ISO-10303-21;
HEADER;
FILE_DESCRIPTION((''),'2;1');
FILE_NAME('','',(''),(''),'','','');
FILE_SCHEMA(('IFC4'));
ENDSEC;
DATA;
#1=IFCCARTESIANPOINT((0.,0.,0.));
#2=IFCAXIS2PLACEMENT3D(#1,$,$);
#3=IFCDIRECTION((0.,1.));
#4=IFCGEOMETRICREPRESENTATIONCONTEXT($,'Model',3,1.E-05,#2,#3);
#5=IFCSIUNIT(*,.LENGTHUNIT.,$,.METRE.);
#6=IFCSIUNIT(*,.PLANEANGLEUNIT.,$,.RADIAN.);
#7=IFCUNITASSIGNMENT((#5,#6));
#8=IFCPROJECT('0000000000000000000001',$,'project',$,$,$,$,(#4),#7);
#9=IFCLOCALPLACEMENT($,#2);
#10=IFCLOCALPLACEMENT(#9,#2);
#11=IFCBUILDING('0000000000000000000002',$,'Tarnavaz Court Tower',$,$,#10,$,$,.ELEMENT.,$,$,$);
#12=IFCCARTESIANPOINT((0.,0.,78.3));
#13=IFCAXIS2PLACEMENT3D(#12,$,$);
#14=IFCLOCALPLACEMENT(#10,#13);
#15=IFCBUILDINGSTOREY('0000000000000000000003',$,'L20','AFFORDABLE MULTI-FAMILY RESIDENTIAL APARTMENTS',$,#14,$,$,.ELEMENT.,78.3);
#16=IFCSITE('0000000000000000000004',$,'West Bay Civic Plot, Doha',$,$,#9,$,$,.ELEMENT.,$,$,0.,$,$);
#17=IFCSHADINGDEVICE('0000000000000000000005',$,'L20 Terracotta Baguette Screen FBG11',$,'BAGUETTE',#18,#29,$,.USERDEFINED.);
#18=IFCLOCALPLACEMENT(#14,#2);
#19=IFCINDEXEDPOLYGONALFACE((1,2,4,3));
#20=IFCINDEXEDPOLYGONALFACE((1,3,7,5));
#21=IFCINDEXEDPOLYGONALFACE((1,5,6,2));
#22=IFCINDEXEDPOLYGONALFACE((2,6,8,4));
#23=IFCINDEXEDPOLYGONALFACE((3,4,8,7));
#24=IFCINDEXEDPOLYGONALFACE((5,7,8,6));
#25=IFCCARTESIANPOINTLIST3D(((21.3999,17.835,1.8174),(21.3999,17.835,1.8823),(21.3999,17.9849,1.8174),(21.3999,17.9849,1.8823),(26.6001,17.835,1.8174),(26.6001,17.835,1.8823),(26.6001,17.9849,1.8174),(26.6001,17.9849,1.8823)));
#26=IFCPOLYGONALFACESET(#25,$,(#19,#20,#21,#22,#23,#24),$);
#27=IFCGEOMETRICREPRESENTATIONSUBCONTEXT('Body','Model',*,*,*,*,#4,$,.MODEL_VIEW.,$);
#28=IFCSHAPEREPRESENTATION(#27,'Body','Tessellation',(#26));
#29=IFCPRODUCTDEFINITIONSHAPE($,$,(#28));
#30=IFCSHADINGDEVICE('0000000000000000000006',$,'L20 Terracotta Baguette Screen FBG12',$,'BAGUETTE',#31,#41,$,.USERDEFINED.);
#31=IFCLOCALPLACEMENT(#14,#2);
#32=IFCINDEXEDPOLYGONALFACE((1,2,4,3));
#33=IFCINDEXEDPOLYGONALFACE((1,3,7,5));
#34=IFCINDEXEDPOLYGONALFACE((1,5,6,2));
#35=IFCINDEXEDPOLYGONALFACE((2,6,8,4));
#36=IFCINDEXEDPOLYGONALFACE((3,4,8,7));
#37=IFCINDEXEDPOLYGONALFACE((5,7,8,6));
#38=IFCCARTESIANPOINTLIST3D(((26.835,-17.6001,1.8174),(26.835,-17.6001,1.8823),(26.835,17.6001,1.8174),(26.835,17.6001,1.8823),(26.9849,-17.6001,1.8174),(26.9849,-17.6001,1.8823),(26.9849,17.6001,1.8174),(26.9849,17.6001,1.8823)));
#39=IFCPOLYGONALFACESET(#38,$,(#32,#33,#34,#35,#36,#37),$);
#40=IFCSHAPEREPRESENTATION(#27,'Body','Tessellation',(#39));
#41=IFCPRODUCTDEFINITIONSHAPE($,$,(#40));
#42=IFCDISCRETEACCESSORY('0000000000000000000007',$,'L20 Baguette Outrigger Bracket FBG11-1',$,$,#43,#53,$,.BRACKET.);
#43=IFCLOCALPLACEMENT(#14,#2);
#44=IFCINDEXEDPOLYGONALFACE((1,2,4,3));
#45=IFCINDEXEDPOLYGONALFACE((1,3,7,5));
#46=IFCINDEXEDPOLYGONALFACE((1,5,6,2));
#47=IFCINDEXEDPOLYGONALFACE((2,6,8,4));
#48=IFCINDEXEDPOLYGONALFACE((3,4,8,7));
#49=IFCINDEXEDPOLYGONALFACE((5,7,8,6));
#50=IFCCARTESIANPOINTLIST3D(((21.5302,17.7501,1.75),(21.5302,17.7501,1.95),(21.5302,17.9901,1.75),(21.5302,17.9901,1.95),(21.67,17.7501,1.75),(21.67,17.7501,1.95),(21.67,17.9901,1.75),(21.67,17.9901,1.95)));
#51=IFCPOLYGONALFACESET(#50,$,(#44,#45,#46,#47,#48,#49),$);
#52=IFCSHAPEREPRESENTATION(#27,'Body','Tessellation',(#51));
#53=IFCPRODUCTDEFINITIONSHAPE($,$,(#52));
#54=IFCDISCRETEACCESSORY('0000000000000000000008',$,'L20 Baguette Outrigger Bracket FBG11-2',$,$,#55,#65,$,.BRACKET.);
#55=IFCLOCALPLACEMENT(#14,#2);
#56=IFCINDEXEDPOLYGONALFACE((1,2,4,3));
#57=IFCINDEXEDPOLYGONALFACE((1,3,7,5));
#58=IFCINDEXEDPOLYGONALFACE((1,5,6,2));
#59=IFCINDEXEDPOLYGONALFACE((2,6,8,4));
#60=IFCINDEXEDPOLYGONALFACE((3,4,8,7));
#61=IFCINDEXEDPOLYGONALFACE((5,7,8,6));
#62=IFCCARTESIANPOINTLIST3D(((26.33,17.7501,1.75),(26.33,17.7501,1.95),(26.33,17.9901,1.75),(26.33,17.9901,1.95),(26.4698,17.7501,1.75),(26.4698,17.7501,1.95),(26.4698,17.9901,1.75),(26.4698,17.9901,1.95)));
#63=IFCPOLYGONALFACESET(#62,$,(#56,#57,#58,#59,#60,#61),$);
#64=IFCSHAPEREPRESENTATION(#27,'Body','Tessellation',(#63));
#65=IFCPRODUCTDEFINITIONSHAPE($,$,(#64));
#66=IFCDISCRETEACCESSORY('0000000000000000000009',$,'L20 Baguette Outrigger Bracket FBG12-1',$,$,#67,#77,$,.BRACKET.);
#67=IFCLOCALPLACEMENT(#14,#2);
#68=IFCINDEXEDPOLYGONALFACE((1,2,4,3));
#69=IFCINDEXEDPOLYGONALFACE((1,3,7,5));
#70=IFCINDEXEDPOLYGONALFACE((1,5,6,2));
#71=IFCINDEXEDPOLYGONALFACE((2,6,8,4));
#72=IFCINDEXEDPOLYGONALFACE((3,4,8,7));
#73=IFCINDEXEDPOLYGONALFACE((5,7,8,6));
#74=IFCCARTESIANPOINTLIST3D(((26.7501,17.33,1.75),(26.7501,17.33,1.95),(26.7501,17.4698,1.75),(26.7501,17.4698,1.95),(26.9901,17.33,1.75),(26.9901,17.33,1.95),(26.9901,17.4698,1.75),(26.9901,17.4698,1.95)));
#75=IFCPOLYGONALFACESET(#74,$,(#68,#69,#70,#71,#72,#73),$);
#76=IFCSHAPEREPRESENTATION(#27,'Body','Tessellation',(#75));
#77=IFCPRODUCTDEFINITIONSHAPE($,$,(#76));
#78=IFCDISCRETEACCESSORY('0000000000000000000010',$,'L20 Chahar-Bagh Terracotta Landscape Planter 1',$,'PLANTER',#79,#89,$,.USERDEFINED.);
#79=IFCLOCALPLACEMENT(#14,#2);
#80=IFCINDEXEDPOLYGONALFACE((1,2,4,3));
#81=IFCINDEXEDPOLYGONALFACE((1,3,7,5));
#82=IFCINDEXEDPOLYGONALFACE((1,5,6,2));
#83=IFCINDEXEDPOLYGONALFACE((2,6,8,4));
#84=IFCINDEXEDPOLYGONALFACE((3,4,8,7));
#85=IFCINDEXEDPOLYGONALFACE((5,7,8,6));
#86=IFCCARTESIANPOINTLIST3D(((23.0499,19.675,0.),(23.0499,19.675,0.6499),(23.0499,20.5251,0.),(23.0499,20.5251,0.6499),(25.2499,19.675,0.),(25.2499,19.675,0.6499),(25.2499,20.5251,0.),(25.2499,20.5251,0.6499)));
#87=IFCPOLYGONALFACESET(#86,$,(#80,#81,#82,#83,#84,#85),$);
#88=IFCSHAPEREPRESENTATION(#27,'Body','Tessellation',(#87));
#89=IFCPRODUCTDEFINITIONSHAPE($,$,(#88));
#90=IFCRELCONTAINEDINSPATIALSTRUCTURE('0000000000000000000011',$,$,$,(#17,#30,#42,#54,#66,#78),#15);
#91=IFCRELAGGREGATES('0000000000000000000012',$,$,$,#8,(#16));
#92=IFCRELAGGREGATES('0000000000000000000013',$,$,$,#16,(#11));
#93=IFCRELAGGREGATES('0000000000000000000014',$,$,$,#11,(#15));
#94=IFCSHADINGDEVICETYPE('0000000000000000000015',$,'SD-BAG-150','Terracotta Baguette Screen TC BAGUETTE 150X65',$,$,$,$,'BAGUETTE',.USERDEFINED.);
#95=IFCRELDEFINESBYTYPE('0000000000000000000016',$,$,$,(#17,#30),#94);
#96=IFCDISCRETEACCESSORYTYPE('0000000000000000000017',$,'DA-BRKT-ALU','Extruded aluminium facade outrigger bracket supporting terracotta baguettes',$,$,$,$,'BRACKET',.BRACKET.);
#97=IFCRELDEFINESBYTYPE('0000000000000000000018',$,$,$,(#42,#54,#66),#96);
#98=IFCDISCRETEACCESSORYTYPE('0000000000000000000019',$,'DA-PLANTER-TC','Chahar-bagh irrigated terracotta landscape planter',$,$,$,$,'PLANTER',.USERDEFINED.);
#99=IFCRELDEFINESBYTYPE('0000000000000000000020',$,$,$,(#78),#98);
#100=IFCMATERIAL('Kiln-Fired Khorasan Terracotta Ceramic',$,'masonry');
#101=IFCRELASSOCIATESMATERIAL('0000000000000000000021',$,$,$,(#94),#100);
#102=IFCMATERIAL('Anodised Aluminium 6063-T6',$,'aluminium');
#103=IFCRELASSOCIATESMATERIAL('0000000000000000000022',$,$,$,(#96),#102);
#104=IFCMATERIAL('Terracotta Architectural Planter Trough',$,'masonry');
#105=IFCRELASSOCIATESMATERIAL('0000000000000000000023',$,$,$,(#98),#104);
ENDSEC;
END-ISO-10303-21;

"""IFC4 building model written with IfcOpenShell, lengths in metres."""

from ifc_helpers import new_model, si_unit, direction, frame, origin, origin_2d, place, context, subcontext, project, spatial, rectangle, extrude, material, material_profile, profile_set, type_object, element, save


model = new_model("IFC4")

# Units and contexts
model_context = context("Model", 3, precision=1e-05, world=origin(), true_north=direction((0.0, 1.0)))
body_context = subcontext(model_context, "Body", "Model", "MODEL_VIEW")
ifc_project = project(units=[si_unit("LENGTHUNIT", "METRE"), si_unit("PLANEANGLEUNIT", "RADIAN")], contexts=[model_context])

# Site, building, storey
site_placement = place(None, origin())
site = spatial("IfcSite", under=ifc_project, at=site_placement, Name="West Bay Civic Plot, Doha", CompositionType="ELEMENT", RefElevation=0.0)
building_placement = place(site_placement, origin())
building = spatial("IfcBuilding", under=site, at=building_placement, Name="Tarnavaz Court Tower", CompositionType="ELEMENT")
storey_placement = place(building_placement, frame((0.0, 0.0, 78.3)))
storey = spatial("IfcBuildingStorey", under=building, at=storey_placement, Name="L20", Description="AFFORDABLE MULTI-FAMILY RESIDENTIAL APARTMENTS", CompositionType="ELEMENT", Elevation=78.3)

# Shading devices
ifc_material_1 = material(Name="Kiln-Fired Khorasan Terracotta Ceramic", Category="masonry")
ifc_material_profile_1 = material_profile(ifc_material_1, rectangle(XDim=0.1499, YDim=0.0649, at=origin_2d()), Name="TC BAGUETTE 150X65")
ifc_profile_set_1 = profile_set([ifc_material_profile_1], Name="Kiln-Fired Khorasan Terracotta Ceramic")
shading_device_type = type_object("IfcShadingDeviceType", Name="SD-BAG-150", Description="Terracotta Baguette Screen TC BAGUETTE 150X65", ElementType="BAGUETTE", PredefinedType="USERDEFINED", material=ifc_profile_set_1)
shading_device_1_placement = place(storey_placement, frame((21.3999, 17.9099, 1.8499), z_axis=(1.0, 0.0, 0.0), x_axis=(0.0, 1.0, 0.0)))
element("IfcShadingDevice", 1, at=shading_device_1_placement, inside=storey, type_object=shading_device_type, Name="L20 Terracotta Baguette Screen FBG11", ObjectType="BAGUETTE", PredefinedType="USERDEFINED", context=body_context, shape_type="SweptSolid", body=[
    extrude(rectangle(XDim=0.1499, YDim=0.0649, at=origin_2d()), origin(), (0.0, 0.0, 1.0), 5.2002),
])
shading_device_2_placement = place(storey_placement, frame((26.9099, 17.6001, 1.8499), z_axis=(0.0, -1.0, 0.0), x_axis=(1.0, 0.0, 0.0)))
element("IfcShadingDevice", 2, at=shading_device_2_placement, inside=storey, type_object=shading_device_type, Name="L20 Terracotta Baguette Screen FBG12", ObjectType="BAGUETTE", PredefinedType="USERDEFINED", context=body_context, shape_type="SweptSolid", body=[
    extrude(rectangle(XDim=0.1499, YDim=0.0649, at=origin_2d()), origin(), (0.0, 0.0, 1.0), 35.2002),
])

# Discrete accessories
ifc_material_2 = material(Name="Anodised Aluminium 6063-T6", Category="aluminium")
discrete_accessory_type_1 = type_object("IfcDiscreteAccessoryType", Name="DA-BRKT-ALU", Description="Extruded aluminium facade outrigger bracket supporting terracotta baguettes", ElementType="BRACKET", PredefinedType="BRACKET", material=ifc_material_2)
for number, where, z_axis, x_axis, name in (
    (3, (21.6001, 17.8701, 1.75), (0.0, 0.0, 1.0), (1.0, 0.0, 0.0), "L20 Baguette Outrigger Bracket FBG11-1"),
    (4, (26.3999, 17.8701, 1.75), (0.0, 0.0, 1.0), (1.0, 0.0, 0.0), "L20 Baguette Outrigger Bracket FBG11-2"),
    (5, (26.8701, 17.3999, 1.75), (0.0, 0.0, 1.0), (0.0, -1.0, 0.0), "L20 Baguette Outrigger Bracket FBG12-1"),
):
    element("IfcDiscreteAccessory", number, at=place(storey_placement, frame(where, z_axis=z_axis, x_axis=x_axis)), inside=storey, type_object=discrete_accessory_type_1, Name=name, PredefinedType="BRACKET", context=body_context, shape_type="SweptSolid", body=[
        extrude(rectangle(XDim=0.1399, YDim=0.24, at=origin_2d()), origin(), (0.0, 0.0, 1.0), 0.2),
    ])
ifc_material_3 = material(Name="Terracotta Architectural Planter Trough", Category="masonry")
discrete_accessory_type_2 = type_object("IfcDiscreteAccessoryType", Name="DA-PLANTER-TC", Description="Chahar-bagh irrigated terracotta landscape planter", ElementType="PLANTER", PredefinedType="USERDEFINED", material=ifc_material_3)
discrete_accessory_placement = place(storey_placement, frame((24.1499, 20.1001, 0.0), z_axis=(0.0, 0.0, 1.0), x_axis=(1.0, 0.0, 0.0)))
element("IfcDiscreteAccessory", 6, at=discrete_accessory_placement, inside=storey, type_object=discrete_accessory_type_2, Name="L20 Chahar-Bagh Terracotta Landscape Planter 1", ObjectType="PLANTER", PredefinedType="USERDEFINED", context=body_context, shape_type="SweptSolid", body=[
    extrude(rectangle(XDim=2.2, YDim=0.8501, at=origin_2d()), origin(), (0.0, 0.0, 1.0), 0.6499),
])

save(model, "model.ifc")
